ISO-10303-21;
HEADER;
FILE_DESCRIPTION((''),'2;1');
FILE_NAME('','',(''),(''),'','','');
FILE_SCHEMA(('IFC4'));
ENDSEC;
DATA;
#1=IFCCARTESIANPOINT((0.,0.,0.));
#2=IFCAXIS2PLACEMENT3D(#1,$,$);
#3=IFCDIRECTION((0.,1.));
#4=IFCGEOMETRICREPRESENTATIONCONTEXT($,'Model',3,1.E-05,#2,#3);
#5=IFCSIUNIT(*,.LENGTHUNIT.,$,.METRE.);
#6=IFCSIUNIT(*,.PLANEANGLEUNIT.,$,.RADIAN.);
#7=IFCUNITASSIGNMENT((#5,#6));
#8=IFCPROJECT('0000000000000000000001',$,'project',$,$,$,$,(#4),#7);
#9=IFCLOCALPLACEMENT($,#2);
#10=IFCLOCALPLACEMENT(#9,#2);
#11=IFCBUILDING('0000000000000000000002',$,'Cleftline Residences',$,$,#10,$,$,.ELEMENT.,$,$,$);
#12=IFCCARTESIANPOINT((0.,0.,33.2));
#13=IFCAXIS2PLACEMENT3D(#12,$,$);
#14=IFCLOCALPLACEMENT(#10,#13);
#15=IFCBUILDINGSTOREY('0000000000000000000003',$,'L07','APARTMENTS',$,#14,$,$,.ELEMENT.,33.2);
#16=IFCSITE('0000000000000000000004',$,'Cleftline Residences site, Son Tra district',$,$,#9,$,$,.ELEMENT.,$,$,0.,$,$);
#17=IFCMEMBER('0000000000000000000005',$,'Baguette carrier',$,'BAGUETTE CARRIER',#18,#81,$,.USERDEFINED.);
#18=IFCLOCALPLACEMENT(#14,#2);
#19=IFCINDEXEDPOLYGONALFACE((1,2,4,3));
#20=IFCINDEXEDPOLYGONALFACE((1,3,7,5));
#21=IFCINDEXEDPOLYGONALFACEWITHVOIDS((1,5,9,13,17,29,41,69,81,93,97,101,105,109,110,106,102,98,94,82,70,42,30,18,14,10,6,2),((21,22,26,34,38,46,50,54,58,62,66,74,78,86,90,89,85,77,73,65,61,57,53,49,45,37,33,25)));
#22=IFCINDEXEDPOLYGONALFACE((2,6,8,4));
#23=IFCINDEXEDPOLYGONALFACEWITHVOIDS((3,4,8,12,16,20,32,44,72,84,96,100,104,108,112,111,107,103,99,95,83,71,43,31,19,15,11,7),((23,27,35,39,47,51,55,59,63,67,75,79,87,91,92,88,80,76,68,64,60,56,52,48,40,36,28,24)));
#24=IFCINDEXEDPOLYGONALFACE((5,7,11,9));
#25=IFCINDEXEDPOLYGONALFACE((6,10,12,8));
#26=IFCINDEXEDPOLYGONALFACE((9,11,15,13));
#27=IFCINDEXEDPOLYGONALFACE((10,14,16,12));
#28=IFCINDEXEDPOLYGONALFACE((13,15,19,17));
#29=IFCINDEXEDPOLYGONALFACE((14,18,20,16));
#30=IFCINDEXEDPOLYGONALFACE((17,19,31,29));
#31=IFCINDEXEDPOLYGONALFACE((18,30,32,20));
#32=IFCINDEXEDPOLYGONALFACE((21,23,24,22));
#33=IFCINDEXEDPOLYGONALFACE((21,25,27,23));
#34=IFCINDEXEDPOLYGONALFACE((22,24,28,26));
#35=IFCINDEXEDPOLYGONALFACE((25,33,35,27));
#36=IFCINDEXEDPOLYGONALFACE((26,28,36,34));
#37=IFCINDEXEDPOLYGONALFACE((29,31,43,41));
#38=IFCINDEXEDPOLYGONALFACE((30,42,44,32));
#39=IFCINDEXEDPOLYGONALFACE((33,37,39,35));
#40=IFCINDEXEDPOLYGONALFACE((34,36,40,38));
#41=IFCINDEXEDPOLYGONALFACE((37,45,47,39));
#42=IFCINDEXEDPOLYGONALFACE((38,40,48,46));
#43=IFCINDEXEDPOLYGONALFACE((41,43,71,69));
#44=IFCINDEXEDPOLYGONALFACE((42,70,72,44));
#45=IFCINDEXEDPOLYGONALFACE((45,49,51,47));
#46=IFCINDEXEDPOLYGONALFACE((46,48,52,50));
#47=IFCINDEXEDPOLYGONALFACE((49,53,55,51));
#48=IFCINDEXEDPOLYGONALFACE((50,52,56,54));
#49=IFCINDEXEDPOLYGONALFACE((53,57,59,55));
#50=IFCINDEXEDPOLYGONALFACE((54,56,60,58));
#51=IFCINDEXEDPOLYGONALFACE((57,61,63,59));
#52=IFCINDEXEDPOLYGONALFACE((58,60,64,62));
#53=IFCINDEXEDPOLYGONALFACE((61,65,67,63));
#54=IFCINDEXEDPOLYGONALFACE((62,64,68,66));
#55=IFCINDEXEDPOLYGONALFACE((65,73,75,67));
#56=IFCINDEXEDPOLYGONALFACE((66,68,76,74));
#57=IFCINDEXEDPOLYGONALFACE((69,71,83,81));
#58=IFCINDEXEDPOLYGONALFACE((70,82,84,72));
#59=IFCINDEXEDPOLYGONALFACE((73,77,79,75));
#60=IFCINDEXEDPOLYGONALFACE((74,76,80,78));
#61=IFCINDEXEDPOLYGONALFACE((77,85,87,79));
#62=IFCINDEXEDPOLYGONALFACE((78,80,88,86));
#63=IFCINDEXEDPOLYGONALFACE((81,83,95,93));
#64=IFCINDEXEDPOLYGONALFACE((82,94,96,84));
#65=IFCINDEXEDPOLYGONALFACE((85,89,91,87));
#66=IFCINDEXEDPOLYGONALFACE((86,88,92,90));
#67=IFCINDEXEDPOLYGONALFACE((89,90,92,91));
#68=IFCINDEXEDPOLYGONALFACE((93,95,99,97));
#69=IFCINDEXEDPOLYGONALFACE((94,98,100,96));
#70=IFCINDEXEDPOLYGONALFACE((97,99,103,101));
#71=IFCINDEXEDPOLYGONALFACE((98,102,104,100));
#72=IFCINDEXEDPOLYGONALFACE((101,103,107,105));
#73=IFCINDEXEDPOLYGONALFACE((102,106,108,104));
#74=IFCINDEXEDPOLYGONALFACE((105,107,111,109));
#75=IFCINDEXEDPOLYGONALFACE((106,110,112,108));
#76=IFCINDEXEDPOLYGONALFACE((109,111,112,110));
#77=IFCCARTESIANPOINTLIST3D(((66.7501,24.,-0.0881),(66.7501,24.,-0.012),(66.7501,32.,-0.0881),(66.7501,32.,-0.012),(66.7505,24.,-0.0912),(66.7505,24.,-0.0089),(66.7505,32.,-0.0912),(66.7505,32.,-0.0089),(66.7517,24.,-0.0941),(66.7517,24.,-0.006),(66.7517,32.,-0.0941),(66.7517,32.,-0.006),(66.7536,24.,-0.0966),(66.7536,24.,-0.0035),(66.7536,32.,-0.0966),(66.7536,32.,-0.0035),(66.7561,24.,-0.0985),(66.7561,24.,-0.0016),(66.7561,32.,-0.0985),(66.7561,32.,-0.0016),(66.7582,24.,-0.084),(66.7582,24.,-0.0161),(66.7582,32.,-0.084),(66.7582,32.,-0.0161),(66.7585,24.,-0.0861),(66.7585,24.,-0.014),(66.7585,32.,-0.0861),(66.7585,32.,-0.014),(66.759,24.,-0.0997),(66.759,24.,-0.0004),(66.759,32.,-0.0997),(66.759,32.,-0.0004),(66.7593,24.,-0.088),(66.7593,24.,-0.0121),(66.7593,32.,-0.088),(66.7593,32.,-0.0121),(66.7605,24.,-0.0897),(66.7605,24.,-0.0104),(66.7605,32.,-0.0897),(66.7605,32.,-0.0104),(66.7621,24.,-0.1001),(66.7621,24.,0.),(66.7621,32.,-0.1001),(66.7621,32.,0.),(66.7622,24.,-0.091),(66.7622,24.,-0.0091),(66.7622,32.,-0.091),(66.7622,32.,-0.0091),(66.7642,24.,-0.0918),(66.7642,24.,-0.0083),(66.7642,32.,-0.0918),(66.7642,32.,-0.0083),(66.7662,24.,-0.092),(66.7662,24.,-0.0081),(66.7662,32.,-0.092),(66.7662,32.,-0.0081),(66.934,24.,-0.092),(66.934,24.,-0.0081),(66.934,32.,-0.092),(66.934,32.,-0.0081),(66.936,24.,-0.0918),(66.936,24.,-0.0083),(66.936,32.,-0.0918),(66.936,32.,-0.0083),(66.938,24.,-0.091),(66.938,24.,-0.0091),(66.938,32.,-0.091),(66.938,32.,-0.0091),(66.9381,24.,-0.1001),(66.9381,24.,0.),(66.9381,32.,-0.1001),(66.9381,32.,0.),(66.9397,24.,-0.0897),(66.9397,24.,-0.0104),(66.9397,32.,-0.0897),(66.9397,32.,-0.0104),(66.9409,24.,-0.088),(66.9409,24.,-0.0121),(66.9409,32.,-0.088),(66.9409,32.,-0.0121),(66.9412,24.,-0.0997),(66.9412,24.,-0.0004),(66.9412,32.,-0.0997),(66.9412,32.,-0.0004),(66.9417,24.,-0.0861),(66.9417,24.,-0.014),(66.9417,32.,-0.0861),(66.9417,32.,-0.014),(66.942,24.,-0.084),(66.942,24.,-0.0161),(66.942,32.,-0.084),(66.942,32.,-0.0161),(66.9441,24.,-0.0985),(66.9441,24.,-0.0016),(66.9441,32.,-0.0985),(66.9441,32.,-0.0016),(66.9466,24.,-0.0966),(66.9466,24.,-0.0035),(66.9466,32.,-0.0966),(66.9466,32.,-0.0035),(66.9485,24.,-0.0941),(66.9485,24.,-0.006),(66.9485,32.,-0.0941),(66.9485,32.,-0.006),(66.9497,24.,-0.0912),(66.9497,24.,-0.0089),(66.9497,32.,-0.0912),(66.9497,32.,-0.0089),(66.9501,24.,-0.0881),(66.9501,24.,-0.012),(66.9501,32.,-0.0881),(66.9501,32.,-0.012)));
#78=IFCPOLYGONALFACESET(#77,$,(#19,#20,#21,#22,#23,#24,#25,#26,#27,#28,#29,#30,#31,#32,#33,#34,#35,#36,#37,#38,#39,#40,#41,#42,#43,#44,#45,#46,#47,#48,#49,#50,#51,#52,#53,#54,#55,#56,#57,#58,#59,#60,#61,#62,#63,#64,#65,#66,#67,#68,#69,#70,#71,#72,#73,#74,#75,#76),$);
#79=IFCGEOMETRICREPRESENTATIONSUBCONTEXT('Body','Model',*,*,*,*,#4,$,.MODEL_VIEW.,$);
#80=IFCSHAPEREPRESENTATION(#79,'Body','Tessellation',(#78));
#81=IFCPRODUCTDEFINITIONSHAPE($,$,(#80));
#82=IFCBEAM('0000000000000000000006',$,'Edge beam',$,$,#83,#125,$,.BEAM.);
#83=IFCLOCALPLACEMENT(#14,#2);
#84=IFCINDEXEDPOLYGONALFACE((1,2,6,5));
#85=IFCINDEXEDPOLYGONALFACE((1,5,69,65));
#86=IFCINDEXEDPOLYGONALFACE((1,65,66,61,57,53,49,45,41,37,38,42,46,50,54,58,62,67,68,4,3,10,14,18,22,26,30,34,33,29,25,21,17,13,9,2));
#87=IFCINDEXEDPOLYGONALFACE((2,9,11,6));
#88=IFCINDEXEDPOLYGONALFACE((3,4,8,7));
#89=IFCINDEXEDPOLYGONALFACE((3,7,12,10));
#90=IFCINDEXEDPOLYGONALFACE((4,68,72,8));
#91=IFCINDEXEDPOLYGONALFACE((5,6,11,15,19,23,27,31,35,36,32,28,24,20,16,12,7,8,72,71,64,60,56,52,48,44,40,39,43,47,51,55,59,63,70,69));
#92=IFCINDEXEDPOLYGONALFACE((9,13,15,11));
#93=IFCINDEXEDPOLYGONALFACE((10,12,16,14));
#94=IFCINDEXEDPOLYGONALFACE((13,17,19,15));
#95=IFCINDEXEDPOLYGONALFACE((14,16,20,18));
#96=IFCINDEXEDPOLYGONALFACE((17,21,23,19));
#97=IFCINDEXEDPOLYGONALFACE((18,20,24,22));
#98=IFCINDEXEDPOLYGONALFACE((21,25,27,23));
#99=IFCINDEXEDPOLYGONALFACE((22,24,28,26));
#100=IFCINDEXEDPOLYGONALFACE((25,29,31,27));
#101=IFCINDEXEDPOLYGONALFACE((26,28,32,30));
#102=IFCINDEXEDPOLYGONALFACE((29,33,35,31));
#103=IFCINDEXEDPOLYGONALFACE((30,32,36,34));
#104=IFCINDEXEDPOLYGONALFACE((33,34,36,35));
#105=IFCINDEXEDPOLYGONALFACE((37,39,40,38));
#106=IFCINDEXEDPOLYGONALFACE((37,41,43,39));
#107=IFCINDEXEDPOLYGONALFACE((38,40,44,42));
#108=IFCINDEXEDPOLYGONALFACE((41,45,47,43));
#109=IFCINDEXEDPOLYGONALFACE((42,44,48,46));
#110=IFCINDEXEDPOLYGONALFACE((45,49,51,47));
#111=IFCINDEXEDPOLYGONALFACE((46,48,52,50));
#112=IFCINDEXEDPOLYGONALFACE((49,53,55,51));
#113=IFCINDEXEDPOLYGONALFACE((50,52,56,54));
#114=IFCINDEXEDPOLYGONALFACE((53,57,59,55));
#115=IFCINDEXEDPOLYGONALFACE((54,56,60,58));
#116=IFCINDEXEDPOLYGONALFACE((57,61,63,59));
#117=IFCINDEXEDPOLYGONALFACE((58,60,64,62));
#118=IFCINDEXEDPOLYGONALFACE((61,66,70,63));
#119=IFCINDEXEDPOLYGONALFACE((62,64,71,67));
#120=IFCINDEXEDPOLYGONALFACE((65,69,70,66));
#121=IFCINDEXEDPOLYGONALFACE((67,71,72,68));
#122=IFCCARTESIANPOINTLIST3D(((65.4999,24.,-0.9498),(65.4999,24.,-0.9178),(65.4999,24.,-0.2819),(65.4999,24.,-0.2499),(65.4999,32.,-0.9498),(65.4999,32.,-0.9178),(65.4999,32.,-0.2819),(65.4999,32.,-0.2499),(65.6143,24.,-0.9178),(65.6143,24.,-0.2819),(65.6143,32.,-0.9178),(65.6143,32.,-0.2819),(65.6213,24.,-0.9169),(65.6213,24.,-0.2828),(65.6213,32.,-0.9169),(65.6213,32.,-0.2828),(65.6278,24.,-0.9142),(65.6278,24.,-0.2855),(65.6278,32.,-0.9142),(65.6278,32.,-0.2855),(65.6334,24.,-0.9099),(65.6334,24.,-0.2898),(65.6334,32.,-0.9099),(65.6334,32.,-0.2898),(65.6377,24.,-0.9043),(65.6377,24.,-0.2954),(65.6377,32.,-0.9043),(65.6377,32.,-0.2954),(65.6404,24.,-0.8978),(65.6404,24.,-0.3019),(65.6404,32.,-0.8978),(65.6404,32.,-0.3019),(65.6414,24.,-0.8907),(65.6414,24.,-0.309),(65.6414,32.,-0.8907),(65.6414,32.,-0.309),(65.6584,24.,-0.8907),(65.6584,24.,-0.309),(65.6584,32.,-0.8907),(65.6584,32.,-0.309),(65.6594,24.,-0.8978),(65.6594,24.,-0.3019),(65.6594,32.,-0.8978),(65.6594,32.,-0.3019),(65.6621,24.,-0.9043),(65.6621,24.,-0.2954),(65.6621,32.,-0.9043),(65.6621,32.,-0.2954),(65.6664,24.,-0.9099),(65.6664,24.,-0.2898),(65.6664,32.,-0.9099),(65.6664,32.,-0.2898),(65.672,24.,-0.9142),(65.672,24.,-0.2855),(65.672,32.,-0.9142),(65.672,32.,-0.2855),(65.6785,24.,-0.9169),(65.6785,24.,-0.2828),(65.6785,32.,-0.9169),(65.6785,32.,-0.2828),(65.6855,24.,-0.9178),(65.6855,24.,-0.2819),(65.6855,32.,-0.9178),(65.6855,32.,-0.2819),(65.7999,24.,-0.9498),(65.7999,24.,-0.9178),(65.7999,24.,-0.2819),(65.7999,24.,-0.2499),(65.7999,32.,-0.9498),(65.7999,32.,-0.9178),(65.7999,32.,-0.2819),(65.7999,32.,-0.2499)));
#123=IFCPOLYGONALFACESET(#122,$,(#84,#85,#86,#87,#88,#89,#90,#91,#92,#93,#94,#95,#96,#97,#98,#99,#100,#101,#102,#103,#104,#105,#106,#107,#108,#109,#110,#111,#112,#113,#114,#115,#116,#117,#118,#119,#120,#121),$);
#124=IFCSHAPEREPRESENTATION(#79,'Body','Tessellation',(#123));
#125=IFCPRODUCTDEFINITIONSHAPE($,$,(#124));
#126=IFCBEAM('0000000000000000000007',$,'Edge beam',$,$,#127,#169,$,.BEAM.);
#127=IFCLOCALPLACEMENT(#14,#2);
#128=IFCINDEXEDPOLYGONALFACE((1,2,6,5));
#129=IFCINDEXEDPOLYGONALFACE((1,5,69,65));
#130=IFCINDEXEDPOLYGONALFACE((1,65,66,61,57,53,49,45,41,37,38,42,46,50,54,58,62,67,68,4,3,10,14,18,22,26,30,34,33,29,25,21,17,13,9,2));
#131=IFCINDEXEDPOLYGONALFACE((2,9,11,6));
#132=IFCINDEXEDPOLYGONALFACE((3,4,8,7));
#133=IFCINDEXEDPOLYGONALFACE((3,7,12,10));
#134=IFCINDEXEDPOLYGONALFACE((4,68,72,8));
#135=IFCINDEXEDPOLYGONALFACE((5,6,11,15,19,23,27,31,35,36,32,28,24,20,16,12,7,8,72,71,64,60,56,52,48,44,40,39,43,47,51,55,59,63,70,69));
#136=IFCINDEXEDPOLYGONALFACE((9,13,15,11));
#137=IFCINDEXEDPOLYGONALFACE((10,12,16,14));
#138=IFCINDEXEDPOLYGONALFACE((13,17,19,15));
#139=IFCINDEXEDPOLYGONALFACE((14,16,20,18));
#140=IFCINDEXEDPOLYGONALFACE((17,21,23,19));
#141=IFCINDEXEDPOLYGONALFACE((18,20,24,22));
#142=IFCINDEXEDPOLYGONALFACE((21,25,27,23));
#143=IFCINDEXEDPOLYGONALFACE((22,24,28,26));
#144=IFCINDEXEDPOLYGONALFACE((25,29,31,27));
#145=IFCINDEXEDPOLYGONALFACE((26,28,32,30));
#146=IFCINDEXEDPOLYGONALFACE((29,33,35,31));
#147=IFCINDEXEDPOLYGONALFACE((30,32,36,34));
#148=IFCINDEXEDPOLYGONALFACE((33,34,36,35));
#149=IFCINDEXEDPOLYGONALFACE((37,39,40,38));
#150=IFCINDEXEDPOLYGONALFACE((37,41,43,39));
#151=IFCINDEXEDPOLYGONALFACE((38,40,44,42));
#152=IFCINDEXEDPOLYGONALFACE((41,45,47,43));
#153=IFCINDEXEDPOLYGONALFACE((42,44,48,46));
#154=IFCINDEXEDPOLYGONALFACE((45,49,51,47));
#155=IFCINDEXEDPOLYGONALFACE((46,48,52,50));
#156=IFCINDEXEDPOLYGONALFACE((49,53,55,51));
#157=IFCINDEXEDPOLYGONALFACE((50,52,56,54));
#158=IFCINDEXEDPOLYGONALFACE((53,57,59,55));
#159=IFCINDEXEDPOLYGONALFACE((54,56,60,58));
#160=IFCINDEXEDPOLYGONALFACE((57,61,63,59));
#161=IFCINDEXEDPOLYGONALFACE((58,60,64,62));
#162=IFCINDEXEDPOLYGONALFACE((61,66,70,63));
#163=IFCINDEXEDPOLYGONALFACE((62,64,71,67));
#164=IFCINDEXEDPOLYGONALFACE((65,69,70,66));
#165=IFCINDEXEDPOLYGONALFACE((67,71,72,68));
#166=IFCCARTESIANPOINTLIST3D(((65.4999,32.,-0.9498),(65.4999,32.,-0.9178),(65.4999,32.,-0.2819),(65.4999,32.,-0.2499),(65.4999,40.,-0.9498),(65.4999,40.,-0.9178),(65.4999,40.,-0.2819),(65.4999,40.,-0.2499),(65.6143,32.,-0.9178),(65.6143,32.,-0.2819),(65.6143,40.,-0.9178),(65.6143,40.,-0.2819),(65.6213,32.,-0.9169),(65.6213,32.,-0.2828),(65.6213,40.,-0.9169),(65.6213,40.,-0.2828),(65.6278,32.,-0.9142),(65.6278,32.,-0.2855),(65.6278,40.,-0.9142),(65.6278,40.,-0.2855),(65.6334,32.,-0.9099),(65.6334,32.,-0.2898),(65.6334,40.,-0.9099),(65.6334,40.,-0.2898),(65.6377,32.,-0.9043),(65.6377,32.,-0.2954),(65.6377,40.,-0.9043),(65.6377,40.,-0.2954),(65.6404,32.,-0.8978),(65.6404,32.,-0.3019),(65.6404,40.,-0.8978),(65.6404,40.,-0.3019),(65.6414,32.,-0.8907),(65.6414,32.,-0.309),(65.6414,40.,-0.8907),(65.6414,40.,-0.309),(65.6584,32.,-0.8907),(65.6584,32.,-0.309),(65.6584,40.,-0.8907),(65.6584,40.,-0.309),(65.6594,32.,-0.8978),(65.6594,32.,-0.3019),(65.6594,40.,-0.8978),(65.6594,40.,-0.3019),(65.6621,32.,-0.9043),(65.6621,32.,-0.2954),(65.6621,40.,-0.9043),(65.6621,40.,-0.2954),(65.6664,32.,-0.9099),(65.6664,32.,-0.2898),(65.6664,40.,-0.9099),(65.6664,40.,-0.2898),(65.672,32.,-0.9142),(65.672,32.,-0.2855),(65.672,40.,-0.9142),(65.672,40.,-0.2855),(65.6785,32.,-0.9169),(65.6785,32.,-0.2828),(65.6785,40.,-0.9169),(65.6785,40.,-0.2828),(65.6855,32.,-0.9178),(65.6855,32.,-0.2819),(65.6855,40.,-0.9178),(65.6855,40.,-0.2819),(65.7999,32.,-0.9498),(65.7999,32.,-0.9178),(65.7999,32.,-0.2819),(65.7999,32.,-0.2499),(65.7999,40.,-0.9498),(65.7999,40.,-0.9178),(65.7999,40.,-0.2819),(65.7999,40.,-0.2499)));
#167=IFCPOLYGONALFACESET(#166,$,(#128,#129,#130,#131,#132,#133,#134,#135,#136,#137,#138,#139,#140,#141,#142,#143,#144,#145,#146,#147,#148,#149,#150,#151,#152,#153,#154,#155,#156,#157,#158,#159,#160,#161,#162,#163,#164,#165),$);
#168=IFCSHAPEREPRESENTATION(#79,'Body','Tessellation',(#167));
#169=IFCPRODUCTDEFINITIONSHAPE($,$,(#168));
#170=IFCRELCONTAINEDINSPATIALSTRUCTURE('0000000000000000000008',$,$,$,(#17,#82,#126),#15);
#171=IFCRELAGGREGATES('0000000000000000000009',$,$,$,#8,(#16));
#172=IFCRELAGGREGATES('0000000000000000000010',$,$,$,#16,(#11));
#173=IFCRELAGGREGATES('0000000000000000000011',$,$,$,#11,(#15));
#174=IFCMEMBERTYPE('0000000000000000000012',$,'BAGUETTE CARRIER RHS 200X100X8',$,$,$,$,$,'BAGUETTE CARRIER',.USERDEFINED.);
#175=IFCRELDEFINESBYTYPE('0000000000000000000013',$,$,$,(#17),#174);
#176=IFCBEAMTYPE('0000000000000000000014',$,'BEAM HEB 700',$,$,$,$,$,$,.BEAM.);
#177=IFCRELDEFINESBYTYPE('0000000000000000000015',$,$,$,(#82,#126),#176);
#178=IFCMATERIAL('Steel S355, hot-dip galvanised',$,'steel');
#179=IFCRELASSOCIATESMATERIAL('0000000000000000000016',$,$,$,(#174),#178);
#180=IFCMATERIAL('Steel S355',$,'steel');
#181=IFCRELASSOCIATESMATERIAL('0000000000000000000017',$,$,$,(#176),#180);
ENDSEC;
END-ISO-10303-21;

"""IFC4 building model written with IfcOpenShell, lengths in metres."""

from ifc_helpers import new_model, si_unit, direction, frame, origin, origin_2d, place, context, subcontext, project, spatial, hollow_rectangle, i_section, extrude, material, material_profile, profile_set, type_object, element, save


model = new_model("IFC4")

# Units and contexts
model_context = context("Model", 3, precision=1e-05, world=origin(), true_north=direction((0.0, 1.0)))
body_context = subcontext(model_context, "Body", "Model", "MODEL_VIEW")
ifc_project = project(units=[si_unit("LENGTHUNIT", "METRE"), si_unit("PLANEANGLEUNIT", "RADIAN")], contexts=[model_context])

# Site, building, storey
site_placement = place(None, origin())
site = spatial("IfcSite", under=ifc_project, at=site_placement, Name="Cleftline Residences site, Son Tra district", CompositionType="ELEMENT", RefElevation=0.0)
building_placement = place(site_placement, origin())
building = spatial("IfcBuilding", under=site, at=building_placement, Name="Cleftline Residences", CompositionType="ELEMENT")
storey_placement = place(building_placement, frame((0.0, 0.0, 33.2)))
storey = spatial("IfcBuildingStorey", under=building, at=storey_placement, Name="L07", Description="APARTMENTS", CompositionType="ELEMENT", Elevation=33.2)

# Member
ifc_material_1 = material(Name="Steel S355, hot-dip galvanised", Category="steel")
ifc_material_profile_1 = material_profile(ifc_material_1, hollow_rectangle(XDim=0.1001, YDim=0.2, WallThickness=0.0081, InnerFilletRadius=0.0081, OuterFilletRadius=0.012, at=origin_2d()))
ifc_profile_set_1 = profile_set([ifc_material_profile_1], Name="Steel S355, hot-dip galvanised")
member_type_1 = type_object("IfcMemberType", Name="BAGUETTE CARRIER RHS 200X100X8", ElementType="BAGUETTE CARRIER", PredefinedType="USERDEFINED", material=ifc_profile_set_1)
member_1_placement = place(storey_placement, frame((66.8501, 24.0, -0.05), z_axis=(0.0, 1.0, 0.0), x_axis=(0.0, 0.0, 1.0)))
element("IfcMember", 1, at=member_1_placement, inside=storey, type_object=member_type_1, Name="Baguette carrier", ObjectType="BAGUETTE CARRIER", PredefinedType="USERDEFINED", context=body_context, shape_type="SweptSolid", body=[
    extrude(hollow_rectangle(XDim=0.1001, YDim=0.2, WallThickness=0.0081, InnerFilletRadius=0.0081, OuterFilletRadius=0.012, at=origin_2d()), origin(), (0.0, 0.0, 1.0), 8.0),
])

# Beams
ifc_material_2 = material(Name="Steel S355", Category="steel")
ifc_material_profile_2 = material_profile(ifc_material_2, i_section(OverallWidth=0.3, OverallDepth=0.7, WebThickness=0.0171, FlangeThickness=0.032, FilletRadius=0.0271, at=origin_2d()))
ifc_profile_set_2 = profile_set([ifc_material_profile_2], Name="Steel S355")
beam_type_1 = type_object("IfcBeamType", Name="BEAM HEB 700", PredefinedType="BEAM", material=ifc_profile_set_2)
for number, where, z_axis, x_axis, name in (
    (2, (65.6499, 24.0, -0.5999), (0.0, 1.0, 0.0), (-1.0, 0.0, 0.0), "Edge beam"),
    (3, (65.6499, 32.0, -0.5999), (0.0, 1.0, 0.0), (-1.0, 0.0, 0.0), "Edge beam"),
):
    element("IfcBeam", number, at=place(storey_placement, frame(where, z_axis=z_axis, x_axis=x_axis)), inside=storey, type_object=beam_type_1, Name=name, PredefinedType="BEAM", context=body_context, shape_type="SweptSolid", body=[
        extrude(i_section(OverallWidth=0.3, OverallDepth=0.7, WebThickness=0.0171, FlangeThickness=0.032, FilletRadius=0.0271, at=origin_2d()), origin(), (0.0, 0.0, 1.0), 8.0),
    ])

save(model, "model.ifc")
